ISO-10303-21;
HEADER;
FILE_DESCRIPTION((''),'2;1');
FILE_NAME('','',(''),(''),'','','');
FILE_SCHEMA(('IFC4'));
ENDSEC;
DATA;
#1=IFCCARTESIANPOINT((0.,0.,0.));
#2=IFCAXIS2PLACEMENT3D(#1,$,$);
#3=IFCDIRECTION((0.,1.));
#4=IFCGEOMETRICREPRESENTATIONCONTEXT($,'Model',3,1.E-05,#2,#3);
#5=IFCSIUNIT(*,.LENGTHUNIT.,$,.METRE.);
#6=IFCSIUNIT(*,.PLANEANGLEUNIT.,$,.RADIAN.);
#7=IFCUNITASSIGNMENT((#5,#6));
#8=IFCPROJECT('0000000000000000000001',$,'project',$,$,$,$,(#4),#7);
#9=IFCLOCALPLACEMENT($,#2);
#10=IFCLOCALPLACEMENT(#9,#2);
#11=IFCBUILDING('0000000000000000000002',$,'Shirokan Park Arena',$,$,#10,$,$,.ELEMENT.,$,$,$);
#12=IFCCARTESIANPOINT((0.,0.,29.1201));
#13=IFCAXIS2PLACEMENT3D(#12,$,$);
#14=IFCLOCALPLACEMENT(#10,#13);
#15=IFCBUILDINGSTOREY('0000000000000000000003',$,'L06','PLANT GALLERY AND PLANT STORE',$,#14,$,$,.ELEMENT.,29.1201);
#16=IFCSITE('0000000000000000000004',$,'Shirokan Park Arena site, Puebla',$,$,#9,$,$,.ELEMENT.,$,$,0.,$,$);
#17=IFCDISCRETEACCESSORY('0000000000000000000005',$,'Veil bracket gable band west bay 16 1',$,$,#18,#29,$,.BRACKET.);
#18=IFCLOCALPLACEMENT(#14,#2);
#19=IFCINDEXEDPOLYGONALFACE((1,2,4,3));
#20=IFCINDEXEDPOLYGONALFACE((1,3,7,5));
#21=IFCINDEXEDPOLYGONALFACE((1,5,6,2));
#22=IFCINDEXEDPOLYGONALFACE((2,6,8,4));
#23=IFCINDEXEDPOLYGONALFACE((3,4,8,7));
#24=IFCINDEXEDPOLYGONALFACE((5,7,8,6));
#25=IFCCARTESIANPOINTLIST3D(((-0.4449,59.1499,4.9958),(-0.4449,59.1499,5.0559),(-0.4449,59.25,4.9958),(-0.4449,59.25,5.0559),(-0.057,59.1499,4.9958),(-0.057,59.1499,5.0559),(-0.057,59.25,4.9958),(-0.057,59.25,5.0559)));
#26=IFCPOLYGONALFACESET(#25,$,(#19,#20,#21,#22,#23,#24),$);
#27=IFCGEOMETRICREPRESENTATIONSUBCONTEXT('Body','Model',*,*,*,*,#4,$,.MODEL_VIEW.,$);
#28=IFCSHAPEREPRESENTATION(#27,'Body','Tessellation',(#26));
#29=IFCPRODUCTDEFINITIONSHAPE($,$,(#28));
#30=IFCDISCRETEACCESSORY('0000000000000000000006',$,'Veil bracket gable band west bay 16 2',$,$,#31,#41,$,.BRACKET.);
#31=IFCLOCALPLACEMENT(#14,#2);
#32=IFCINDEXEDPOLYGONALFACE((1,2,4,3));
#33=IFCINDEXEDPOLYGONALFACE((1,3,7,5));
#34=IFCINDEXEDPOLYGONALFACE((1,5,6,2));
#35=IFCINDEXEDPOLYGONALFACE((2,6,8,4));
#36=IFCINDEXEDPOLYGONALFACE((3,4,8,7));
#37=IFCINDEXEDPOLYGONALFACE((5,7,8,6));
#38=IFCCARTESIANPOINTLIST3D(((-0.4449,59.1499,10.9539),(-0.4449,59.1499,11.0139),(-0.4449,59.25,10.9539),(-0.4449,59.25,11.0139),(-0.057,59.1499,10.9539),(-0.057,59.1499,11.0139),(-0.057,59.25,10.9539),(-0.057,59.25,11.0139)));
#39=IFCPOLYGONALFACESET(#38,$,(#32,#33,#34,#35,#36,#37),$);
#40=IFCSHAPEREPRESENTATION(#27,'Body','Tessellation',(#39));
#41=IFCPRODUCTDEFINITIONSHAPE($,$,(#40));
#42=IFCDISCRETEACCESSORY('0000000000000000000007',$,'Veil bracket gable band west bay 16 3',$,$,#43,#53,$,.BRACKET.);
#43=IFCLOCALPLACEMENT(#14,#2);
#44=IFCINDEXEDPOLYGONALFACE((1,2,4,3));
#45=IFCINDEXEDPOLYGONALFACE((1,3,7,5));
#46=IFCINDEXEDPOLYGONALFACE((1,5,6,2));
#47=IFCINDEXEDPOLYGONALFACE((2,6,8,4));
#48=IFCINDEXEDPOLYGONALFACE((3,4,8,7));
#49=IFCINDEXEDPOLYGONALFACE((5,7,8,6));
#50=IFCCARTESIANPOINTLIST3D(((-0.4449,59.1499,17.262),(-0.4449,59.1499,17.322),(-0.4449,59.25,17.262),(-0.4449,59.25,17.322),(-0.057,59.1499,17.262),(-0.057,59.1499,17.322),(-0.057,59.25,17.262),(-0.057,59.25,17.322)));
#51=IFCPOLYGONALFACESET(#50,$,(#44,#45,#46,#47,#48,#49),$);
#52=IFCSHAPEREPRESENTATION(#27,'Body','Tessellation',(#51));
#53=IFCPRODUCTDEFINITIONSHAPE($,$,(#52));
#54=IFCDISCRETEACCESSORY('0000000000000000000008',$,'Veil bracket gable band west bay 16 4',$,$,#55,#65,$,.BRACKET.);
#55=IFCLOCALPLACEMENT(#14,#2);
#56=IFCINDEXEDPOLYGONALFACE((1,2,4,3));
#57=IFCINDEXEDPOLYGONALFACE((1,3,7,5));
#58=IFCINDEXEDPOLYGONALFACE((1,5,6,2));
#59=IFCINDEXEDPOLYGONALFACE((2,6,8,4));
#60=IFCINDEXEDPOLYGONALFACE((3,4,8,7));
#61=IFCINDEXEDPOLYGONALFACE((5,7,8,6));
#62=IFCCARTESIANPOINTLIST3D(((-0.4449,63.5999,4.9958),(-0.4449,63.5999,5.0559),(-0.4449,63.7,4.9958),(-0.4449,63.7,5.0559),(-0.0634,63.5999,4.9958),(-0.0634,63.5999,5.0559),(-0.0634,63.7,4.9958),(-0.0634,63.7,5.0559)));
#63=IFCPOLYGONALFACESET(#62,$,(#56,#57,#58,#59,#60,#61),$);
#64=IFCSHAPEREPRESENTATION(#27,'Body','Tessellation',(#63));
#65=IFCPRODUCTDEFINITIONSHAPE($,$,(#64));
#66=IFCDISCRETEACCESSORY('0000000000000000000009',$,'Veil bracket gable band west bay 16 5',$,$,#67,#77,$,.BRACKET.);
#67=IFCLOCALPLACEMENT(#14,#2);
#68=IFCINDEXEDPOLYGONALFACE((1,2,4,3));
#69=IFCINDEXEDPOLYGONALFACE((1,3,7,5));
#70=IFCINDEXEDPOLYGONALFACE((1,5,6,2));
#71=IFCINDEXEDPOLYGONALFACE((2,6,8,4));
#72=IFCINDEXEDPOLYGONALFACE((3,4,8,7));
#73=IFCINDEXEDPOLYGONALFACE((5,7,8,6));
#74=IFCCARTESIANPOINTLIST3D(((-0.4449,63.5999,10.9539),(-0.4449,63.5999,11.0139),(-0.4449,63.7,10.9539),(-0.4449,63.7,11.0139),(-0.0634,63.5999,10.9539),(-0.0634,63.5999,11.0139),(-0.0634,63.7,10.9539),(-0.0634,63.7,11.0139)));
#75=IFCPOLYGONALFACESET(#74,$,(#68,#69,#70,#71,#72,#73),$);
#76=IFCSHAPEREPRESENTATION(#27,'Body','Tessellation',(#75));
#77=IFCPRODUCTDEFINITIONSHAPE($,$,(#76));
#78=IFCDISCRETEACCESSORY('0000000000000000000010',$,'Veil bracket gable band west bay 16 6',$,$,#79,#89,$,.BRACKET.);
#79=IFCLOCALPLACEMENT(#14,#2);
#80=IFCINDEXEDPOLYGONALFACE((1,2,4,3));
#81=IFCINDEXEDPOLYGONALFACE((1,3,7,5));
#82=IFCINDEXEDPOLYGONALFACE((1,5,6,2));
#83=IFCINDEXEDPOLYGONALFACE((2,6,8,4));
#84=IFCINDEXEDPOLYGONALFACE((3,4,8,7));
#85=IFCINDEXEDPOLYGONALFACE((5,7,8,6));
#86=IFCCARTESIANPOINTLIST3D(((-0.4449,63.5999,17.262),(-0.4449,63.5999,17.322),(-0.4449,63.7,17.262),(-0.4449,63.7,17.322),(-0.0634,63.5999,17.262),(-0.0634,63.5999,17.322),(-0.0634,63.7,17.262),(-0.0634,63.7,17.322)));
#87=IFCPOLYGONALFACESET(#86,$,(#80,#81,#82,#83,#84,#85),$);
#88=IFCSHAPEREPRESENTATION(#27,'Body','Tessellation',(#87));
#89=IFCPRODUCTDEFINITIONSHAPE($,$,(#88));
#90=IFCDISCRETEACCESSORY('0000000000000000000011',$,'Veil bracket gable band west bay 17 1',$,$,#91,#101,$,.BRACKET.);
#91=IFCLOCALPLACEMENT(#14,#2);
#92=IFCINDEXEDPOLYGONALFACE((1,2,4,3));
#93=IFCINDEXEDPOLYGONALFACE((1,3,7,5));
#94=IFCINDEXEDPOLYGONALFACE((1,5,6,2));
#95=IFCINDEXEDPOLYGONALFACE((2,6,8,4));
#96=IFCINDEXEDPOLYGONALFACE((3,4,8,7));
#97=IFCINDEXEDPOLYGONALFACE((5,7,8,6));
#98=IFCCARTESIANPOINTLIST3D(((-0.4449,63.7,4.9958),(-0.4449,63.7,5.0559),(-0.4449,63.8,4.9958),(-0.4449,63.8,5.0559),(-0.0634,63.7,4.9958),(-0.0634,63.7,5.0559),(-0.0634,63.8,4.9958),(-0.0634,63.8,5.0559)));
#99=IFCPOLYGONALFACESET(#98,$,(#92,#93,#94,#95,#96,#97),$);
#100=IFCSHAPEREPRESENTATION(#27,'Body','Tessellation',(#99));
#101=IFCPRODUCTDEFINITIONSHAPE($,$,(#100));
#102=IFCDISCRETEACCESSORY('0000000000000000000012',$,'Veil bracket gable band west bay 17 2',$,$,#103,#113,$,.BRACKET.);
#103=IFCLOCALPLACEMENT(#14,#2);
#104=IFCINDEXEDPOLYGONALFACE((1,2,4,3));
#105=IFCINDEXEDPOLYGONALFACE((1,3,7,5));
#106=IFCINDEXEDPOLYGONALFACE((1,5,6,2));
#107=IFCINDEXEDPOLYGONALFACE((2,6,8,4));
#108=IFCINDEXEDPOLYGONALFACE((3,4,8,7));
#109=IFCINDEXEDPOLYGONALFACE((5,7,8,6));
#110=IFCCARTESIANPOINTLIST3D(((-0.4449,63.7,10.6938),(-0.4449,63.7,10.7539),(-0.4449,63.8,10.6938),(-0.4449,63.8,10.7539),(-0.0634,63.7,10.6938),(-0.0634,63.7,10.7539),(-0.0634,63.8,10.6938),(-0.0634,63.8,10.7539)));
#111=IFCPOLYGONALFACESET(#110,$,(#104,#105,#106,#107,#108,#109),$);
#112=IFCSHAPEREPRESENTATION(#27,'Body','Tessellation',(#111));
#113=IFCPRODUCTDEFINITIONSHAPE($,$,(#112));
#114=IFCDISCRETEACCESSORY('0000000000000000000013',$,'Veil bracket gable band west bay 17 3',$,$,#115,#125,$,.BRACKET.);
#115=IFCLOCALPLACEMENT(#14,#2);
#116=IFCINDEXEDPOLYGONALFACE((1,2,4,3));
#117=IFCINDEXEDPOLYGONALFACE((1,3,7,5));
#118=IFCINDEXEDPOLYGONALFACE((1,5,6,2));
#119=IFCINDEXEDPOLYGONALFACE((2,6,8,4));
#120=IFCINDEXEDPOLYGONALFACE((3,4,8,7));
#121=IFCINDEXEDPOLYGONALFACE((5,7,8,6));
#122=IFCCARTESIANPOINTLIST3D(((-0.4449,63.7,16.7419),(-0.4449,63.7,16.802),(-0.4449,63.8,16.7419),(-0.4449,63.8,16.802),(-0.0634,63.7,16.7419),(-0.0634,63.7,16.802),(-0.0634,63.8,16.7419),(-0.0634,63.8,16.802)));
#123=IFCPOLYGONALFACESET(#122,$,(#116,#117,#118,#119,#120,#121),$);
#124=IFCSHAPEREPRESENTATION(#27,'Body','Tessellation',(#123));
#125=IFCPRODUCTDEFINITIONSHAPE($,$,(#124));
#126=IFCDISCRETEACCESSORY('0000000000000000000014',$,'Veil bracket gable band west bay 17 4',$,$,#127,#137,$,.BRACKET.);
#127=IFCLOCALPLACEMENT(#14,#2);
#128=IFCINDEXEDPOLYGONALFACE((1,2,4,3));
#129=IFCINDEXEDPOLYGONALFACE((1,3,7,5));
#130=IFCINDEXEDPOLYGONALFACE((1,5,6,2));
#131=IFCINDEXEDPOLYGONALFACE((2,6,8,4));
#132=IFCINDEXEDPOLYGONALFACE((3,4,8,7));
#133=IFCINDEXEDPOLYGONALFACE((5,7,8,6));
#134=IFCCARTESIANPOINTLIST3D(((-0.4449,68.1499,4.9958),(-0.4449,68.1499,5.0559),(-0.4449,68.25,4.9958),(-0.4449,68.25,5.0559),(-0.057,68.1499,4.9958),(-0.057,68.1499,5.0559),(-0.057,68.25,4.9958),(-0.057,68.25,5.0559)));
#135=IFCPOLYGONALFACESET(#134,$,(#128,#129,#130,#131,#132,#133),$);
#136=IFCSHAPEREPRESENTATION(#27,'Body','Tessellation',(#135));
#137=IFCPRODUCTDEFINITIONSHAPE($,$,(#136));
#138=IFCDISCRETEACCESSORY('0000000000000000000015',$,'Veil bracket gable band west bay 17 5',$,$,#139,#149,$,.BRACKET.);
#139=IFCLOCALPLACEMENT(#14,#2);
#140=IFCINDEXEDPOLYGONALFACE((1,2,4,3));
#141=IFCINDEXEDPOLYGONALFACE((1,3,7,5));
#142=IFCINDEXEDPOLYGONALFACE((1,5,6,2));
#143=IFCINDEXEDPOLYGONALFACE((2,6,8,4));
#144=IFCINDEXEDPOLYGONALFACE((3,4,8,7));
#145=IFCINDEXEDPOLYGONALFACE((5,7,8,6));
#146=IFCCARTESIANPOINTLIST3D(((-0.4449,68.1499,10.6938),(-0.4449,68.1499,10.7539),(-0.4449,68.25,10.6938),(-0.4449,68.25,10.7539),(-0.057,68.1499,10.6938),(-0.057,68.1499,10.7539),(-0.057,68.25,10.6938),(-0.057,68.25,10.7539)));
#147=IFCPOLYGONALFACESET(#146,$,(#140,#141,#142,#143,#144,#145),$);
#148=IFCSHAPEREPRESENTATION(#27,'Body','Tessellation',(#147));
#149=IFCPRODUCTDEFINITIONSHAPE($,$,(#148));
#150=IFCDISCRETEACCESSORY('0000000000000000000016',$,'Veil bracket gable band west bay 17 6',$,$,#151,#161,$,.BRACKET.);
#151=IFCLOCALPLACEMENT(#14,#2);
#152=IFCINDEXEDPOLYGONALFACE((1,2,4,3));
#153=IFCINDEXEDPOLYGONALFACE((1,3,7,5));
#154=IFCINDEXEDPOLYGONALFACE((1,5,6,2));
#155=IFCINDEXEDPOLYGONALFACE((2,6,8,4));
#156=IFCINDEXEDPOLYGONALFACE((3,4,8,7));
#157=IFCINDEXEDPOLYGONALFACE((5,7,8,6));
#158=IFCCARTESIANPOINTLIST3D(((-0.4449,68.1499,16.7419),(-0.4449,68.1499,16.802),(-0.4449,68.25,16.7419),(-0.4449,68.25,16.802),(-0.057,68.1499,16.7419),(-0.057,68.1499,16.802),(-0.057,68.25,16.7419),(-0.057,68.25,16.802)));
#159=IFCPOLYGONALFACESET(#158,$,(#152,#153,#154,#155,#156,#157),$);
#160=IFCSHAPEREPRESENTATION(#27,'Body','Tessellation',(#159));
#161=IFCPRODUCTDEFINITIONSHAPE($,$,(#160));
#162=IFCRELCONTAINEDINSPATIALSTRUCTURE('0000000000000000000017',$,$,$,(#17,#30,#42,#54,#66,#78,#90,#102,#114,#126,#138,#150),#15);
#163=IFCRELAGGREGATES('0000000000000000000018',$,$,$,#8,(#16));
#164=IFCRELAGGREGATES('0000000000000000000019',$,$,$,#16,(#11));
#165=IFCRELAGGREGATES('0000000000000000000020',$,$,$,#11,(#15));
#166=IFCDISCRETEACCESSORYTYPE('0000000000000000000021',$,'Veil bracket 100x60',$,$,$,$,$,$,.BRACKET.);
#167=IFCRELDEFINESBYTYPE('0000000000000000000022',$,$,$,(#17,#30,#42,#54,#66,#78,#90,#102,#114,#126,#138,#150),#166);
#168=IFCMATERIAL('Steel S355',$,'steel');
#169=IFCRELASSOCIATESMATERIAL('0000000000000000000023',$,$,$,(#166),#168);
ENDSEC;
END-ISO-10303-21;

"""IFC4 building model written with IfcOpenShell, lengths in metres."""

from ifc_helpers import new_model, si_unit, direction, frame, origin, origin_2d, place, context, subcontext, project, spatial, rectangle, extrude, material, type_object, element, save


model = new_model("IFC4")

# Units and contexts
model_context = context("Model", 3, precision=1e-05, world=origin(), true_north=direction((0.0, 1.0)))
body_context = subcontext(model_context, "Body", "Model", "MODEL_VIEW")
ifc_project = project(units=[si_unit("LENGTHUNIT", "METRE"), si_unit("PLANEANGLEUNIT", "RADIAN")], contexts=[model_context])

# Site, building, storey
site_placement = place(None, origin())
site = spatial("IfcSite", under=ifc_project, at=site_placement, Name="Shirokan Park Arena site, Puebla", CompositionType="ELEMENT", RefElevation=0.0)
building_placement = place(site_placement, origin())
building = spatial("IfcBuilding", under=site, at=building_placement, Name="Shirokan Park Arena", CompositionType="ELEMENT")
storey_placement = place(building_placement, frame((0.0, 0.0, 29.1201)))
storey = spatial("IfcBuildingStorey", under=building, at=storey_placement, Name="L06", Description="PLANT GALLERY AND PLANT STORE", CompositionType="ELEMENT", Elevation=29.1201)

# Discrete accessories
ifc_material_1 = material(Name="Steel S355", Category="steel")
discrete_accessory_type = type_object("IfcDiscreteAccessoryType", Name="Veil bracket 100x60", PredefinedType="BRACKET", material=ifc_material_1)
for number, where, z_axis, x_axis, name in (
    (1, (-0.251, 59.2, 4.9958), (0.0, 0.0, 1.0), (1.0, 0.0, 0.0), "Veil bracket gable band west bay 16 1"),
    (2, (-0.251, 59.2, 10.9539), (0.0, 0.0, 1.0), (1.0, 0.0, 0.0), "Veil bracket gable band west bay 16 2"),
    (3, (-0.251, 59.2, 17.262), (0.0, 0.0, 1.0), (1.0, 0.0, 0.0), "Veil bracket gable band west bay 16 3"),
):
    element("IfcDiscreteAccessory", number, at=place(storey_placement, frame(where, z_axis=z_axis, x_axis=x_axis)), inside=storey, type_object=discrete_accessory_type, Name=name, PredefinedType="BRACKET", context=body_context, shape_type="SweptSolid", body=[
        extrude(rectangle(XDim=0.3879, YDim=0.1001, at=origin_2d()), origin(), (0.0, 0.0, 1.0), 0.0601),
    ])
for number, where, z_axis, x_axis, name in (
    (4, (-0.2542, 63.6499, 4.9958), (0.0, 0.0, 1.0), (1.0, 0.0, 0.0), "Veil bracket gable band west bay 16 4"),
    (5, (-0.2542, 63.6499, 10.9539), (0.0, 0.0, 1.0), (1.0, 0.0, 0.0), "Veil bracket gable band west bay 16 5"),
    (6, (-0.2542, 63.6499, 17.262), (0.0, 0.0, 1.0), (1.0, 0.0, 0.0), "Veil bracket gable band west bay 16 6"),
    (7, (-0.2542, 63.75, 4.9958), (0.0, 0.0, 1.0), (1.0, 0.0, 0.0), "Veil bracket gable band west bay 17 1"),
    (8, (-0.2542, 63.75, 10.6938), (0.0, 0.0, 1.0), (1.0, 0.0, 0.0), "Veil bracket gable band west bay 17 2"),
    (9, (-0.2542, 63.75, 16.7419), (0.0, 0.0, 1.0), (1.0, 0.0, 0.0), "Veil bracket gable band west bay 17 3"),
):
    element("IfcDiscreteAccessory", number, at=place(storey_placement, frame(where, z_axis=z_axis, x_axis=x_axis)), inside=storey, type_object=discrete_accessory_type, Name=name, PredefinedType="BRACKET", context=body_context, shape_type="SweptSolid", body=[
        extrude(rectangle(XDim=0.3816, YDim=0.1001, at=origin_2d()), origin(), (0.0, 0.0, 1.0), 0.0601),
    ])
for number, where, z_axis, x_axis, name in (
    (10, (-0.251, 68.2, 4.9958), (0.0, 0.0, 1.0), (1.0, 0.0, 0.0), "Veil bracket gable band west bay 17 4"),
    (11, (-0.251, 68.2, 10.6938), (0.0, 0.0, 1.0), (1.0, 0.0, 0.0), "Veil bracket gable band west bay 17 5"),
    (12, (-0.251, 68.2, 16.7419), (0.0, 0.0, 1.0), (1.0, 0.0, 0.0), "Veil bracket gable band west bay 17 6"),
):
    element("IfcDiscreteAccessory", number, at=place(storey_placement, frame(where, z_axis=z_axis, x_axis=x_axis)), inside=storey, type_object=discrete_accessory_type, Name=name, PredefinedType="BRACKET", context=body_context, shape_type="SweptSolid", body=[
        extrude(rectangle(XDim=0.3879, YDim=0.1001, at=origin_2d()), origin(), (0.0, 0.0, 1.0), 0.0601),
    ])

save(model, "model.ifc")
